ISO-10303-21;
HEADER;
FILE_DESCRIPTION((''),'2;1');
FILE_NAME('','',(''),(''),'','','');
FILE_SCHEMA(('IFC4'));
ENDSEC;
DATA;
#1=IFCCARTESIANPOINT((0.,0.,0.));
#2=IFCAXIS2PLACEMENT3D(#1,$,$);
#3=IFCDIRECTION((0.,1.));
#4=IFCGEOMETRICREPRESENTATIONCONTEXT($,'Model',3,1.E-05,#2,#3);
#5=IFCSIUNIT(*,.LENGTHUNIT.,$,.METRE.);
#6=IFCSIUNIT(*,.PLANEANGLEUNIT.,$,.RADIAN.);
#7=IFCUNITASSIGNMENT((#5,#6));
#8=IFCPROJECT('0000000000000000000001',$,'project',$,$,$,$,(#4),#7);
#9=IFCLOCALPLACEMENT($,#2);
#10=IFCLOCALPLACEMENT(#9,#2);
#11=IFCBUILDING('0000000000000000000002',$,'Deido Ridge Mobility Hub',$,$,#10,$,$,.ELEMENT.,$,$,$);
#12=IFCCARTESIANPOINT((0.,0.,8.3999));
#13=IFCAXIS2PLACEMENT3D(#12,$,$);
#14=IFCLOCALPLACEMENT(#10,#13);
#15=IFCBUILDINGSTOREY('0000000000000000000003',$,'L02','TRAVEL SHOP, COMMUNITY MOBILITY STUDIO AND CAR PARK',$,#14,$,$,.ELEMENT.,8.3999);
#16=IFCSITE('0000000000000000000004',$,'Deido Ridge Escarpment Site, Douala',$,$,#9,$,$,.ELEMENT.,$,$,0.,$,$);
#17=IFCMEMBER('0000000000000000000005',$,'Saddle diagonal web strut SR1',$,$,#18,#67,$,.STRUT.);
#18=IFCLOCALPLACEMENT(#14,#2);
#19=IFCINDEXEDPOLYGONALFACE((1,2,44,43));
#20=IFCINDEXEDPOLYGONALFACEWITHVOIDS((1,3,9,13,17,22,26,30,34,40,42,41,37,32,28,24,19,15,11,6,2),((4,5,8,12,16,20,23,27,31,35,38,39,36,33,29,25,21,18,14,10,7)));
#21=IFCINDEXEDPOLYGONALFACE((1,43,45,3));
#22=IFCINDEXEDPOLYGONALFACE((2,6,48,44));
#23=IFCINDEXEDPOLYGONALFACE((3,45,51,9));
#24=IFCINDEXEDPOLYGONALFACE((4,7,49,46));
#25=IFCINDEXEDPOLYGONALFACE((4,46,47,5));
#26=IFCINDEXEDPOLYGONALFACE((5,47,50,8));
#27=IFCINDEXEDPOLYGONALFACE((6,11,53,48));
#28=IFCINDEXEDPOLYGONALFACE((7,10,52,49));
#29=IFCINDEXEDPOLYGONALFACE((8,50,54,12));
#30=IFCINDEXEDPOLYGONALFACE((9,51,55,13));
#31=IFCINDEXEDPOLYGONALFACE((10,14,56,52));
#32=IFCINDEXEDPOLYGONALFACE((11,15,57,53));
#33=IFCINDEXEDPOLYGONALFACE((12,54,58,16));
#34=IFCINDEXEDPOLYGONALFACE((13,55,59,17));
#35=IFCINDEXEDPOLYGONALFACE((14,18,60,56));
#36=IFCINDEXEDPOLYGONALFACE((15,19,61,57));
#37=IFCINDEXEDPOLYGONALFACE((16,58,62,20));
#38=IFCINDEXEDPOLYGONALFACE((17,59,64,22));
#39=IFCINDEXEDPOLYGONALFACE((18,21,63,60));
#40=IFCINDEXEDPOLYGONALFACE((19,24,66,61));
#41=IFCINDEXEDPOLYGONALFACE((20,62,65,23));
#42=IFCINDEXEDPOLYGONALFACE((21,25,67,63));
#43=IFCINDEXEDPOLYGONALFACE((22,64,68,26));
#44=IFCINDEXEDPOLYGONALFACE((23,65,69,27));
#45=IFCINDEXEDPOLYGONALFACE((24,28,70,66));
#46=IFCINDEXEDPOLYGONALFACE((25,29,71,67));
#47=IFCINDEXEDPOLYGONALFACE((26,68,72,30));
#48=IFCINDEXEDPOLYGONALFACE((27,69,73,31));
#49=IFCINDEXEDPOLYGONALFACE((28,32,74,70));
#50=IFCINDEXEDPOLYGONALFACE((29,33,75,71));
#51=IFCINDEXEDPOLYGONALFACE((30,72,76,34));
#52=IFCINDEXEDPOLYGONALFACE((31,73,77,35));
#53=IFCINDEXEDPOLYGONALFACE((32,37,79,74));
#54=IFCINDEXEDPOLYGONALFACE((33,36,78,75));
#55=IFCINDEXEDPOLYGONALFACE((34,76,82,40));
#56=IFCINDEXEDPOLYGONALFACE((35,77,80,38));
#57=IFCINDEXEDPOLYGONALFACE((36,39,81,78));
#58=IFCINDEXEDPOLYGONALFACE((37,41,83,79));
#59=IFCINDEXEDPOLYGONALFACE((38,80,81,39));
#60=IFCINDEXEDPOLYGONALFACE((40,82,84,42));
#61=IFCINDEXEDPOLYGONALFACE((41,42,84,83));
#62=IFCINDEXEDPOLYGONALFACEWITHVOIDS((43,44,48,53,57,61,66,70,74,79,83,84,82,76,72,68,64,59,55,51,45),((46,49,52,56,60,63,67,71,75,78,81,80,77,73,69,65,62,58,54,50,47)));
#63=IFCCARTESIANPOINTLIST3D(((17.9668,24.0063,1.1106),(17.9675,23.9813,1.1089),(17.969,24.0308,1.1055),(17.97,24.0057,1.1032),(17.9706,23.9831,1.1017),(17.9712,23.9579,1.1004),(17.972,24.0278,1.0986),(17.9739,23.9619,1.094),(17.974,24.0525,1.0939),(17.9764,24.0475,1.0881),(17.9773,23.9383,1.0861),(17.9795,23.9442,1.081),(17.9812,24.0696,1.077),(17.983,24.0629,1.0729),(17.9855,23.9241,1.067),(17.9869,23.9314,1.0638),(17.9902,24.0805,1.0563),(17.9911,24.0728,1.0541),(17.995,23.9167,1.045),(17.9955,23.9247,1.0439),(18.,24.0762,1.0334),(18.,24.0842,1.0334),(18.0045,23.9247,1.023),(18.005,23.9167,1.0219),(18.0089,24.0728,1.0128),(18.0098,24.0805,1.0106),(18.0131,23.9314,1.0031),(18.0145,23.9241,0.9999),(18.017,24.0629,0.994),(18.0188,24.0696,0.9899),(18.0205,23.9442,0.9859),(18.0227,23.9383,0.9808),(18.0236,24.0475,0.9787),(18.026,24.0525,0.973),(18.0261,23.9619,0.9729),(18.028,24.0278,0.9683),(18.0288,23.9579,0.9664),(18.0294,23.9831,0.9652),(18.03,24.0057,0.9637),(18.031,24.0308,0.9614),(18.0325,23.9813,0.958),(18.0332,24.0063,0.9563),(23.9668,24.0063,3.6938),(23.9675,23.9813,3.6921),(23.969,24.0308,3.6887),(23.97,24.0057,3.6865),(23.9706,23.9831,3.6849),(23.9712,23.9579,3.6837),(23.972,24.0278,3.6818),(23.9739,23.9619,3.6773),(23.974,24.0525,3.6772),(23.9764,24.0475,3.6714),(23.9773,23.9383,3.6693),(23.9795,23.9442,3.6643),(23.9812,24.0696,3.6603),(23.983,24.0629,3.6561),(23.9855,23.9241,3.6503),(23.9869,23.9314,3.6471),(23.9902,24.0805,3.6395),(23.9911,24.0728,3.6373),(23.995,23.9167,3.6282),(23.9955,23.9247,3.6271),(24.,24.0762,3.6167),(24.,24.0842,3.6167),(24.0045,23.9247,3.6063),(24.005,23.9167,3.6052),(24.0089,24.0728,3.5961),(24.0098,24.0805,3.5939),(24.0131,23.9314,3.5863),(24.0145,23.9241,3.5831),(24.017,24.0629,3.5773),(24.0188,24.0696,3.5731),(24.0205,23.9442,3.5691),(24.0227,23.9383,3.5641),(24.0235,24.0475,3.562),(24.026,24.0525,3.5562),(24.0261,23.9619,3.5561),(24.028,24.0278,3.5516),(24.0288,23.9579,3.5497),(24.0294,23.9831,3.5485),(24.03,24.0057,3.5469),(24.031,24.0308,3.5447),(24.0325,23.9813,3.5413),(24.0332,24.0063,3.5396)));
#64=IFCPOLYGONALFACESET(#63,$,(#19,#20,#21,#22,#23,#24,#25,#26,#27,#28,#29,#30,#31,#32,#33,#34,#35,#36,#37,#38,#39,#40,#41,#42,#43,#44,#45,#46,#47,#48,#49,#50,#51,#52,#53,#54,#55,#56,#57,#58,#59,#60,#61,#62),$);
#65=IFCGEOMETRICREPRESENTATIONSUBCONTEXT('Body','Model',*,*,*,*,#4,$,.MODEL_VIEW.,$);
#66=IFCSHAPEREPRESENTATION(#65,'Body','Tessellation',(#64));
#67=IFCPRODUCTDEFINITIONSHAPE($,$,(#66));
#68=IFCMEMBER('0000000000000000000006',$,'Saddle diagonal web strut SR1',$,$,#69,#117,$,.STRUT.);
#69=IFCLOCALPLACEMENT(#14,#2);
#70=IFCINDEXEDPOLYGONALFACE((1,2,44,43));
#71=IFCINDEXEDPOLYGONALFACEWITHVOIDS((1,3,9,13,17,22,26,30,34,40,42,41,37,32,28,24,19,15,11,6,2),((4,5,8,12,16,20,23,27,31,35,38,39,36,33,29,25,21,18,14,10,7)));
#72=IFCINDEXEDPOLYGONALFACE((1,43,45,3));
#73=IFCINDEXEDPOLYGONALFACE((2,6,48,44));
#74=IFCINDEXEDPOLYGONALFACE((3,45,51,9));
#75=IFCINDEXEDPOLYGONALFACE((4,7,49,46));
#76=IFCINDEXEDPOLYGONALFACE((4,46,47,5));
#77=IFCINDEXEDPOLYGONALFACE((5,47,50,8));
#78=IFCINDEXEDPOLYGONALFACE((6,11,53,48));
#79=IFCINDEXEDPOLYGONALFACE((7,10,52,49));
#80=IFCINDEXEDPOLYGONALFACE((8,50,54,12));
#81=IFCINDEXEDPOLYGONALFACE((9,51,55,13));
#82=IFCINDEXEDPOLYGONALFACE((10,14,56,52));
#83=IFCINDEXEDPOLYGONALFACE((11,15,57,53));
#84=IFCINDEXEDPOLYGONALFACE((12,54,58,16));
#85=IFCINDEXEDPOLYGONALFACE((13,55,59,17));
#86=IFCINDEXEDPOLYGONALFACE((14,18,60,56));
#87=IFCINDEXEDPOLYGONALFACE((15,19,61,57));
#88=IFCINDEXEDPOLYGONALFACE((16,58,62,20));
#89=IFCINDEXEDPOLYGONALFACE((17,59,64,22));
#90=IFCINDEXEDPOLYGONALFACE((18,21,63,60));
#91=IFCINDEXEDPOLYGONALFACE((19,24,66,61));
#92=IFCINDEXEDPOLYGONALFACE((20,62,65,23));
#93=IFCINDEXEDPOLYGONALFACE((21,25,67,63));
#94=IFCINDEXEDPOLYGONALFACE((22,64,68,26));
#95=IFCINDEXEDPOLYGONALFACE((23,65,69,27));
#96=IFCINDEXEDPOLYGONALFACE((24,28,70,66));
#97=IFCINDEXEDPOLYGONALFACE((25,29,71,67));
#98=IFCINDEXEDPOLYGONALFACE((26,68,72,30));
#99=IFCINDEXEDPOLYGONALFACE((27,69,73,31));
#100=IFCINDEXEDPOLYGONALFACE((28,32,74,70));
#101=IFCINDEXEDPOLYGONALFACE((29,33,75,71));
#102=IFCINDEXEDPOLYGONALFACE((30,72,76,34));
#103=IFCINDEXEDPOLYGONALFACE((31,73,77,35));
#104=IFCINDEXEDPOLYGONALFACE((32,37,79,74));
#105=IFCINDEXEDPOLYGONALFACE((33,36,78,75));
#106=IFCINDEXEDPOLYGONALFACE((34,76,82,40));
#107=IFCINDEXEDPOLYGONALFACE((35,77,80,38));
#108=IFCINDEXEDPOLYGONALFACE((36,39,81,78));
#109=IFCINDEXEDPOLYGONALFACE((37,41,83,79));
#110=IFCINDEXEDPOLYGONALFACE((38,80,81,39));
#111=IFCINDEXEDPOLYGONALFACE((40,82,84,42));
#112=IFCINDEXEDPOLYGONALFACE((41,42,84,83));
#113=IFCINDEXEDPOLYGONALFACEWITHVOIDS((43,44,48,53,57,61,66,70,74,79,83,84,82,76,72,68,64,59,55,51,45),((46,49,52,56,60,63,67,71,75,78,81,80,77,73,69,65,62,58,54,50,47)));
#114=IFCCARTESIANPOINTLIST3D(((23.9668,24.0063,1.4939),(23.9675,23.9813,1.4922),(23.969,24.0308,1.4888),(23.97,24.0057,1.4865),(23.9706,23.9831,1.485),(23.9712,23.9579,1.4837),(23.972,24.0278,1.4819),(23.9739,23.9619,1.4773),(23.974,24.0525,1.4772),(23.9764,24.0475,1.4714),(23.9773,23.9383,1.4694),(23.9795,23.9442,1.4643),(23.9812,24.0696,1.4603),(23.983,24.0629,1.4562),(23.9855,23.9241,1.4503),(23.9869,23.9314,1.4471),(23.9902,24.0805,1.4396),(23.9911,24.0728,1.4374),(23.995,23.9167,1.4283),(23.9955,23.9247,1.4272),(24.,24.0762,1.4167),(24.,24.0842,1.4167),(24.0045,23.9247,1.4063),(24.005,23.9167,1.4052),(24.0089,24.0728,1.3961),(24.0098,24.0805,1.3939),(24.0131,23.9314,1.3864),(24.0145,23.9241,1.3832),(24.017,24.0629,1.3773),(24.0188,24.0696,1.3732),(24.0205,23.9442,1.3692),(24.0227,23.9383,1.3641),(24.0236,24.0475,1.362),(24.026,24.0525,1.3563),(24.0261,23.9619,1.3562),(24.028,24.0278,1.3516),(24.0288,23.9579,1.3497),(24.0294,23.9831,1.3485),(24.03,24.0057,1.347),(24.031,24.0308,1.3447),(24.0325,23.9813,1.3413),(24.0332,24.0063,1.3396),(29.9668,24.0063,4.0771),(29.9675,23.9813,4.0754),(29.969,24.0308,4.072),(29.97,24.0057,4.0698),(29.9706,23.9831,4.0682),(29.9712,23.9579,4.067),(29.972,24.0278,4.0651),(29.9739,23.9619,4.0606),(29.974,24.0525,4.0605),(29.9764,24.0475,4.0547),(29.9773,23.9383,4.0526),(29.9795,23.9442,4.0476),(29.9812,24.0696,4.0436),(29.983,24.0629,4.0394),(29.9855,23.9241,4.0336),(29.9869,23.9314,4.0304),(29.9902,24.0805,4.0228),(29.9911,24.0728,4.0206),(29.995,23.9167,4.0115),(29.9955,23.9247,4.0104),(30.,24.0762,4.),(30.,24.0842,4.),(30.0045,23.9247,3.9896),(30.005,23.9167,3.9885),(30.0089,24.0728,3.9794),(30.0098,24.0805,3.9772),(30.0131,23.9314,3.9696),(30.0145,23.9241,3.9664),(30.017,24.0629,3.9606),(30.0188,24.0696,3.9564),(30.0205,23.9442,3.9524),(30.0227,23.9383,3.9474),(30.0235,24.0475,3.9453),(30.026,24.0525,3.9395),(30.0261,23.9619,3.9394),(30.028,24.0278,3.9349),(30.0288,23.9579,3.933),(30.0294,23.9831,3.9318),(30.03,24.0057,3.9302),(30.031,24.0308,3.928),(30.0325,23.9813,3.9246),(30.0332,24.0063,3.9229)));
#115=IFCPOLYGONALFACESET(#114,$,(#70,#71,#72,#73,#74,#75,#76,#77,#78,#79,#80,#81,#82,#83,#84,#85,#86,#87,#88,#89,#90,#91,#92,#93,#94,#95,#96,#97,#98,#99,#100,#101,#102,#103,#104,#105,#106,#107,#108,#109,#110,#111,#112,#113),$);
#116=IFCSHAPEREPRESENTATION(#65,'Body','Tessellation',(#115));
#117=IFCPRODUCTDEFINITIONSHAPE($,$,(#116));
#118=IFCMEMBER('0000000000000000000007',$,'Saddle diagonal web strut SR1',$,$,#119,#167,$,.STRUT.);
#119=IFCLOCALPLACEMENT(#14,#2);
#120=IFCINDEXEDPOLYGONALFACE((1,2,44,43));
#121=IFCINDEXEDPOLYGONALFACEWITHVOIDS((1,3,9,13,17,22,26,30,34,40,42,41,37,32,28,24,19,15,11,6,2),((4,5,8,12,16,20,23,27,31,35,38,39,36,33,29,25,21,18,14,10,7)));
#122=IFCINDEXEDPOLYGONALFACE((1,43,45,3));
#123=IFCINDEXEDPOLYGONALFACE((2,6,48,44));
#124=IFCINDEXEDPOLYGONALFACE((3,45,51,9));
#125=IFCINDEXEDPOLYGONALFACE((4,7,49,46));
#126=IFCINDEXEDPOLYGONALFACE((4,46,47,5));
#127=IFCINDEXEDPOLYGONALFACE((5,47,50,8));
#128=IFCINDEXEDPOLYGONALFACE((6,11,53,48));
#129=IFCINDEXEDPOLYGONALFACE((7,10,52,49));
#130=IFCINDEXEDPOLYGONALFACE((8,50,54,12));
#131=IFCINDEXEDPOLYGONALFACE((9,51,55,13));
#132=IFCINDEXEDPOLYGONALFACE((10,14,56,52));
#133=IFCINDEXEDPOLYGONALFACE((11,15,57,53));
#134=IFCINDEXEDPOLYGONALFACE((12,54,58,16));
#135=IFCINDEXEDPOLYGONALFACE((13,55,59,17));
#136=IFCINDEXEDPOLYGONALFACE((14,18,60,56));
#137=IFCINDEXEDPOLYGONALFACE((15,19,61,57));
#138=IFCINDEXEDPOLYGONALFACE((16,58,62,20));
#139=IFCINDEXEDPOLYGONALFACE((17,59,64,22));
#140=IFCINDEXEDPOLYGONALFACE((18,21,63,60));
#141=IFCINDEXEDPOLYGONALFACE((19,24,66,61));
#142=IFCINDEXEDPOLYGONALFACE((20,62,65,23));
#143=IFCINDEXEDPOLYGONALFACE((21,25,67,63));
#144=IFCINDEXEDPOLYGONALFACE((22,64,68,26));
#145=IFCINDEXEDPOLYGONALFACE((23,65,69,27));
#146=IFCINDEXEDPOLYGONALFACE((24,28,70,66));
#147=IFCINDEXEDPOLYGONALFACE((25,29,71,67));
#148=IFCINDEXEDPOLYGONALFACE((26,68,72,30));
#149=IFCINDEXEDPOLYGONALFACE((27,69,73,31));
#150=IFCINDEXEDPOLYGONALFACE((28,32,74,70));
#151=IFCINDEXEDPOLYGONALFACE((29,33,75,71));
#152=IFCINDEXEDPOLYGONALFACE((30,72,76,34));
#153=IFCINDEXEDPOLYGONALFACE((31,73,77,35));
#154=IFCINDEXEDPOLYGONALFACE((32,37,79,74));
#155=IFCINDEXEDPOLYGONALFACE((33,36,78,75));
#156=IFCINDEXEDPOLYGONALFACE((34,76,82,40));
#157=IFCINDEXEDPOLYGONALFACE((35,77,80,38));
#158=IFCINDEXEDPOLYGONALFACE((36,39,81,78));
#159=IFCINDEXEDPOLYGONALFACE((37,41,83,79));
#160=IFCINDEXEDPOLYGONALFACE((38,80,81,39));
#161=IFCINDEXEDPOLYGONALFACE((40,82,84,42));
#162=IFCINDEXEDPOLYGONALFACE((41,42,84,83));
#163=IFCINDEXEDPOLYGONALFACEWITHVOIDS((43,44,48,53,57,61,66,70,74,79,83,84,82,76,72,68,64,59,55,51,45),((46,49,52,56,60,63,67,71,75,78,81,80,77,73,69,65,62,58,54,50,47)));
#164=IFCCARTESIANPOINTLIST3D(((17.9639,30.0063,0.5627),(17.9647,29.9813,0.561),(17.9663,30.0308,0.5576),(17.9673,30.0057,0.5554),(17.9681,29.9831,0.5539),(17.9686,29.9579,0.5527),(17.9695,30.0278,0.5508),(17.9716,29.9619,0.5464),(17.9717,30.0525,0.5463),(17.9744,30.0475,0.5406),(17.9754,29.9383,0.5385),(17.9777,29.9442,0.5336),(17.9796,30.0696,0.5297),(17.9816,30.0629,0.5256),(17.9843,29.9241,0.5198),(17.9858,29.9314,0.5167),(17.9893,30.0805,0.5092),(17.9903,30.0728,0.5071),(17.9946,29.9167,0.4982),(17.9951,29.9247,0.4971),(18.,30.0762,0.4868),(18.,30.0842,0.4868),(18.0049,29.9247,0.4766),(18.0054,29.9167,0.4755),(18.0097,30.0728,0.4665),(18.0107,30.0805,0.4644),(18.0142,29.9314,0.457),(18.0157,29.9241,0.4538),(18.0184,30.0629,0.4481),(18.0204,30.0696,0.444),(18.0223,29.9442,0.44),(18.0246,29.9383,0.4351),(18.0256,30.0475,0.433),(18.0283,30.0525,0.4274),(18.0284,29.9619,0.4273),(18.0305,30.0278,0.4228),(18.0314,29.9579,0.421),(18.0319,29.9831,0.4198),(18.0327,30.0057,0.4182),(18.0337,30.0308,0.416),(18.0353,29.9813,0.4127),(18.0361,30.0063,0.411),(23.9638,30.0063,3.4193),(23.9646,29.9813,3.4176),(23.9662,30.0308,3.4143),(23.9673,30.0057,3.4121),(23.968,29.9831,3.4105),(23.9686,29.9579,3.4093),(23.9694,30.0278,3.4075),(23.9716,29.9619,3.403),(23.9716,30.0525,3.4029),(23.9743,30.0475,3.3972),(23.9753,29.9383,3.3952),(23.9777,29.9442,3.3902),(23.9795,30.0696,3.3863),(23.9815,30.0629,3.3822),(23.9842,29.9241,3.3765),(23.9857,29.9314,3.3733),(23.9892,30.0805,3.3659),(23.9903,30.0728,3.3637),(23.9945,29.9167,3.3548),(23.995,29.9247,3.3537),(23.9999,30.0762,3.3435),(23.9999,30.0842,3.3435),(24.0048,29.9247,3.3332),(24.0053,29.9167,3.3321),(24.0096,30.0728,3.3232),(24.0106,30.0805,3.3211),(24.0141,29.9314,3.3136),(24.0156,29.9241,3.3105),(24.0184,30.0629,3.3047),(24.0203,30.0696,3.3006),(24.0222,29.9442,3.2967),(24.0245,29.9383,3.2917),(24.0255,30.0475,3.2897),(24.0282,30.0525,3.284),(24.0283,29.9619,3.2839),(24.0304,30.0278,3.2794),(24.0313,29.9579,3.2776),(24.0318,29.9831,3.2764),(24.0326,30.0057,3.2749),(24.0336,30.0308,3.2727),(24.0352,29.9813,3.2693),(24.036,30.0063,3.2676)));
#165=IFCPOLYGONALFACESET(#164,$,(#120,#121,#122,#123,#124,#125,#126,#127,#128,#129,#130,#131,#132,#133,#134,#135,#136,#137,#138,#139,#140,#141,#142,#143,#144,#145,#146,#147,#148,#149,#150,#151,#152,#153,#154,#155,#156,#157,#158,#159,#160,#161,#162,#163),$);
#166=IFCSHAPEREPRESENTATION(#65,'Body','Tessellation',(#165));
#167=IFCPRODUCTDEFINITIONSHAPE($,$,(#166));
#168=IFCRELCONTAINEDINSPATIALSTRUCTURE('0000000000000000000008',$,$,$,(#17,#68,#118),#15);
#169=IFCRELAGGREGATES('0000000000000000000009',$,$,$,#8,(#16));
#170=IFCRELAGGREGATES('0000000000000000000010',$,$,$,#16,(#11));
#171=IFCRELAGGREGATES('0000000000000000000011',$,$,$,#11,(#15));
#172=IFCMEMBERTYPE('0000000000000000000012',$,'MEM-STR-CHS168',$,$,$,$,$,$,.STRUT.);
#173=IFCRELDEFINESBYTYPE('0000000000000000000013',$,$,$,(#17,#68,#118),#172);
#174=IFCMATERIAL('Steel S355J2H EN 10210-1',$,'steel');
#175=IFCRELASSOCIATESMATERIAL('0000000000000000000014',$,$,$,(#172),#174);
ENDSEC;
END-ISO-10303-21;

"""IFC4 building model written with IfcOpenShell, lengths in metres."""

from ifc_helpers import new_model, si_unit, direction, frame, origin, origin_2d, place, context, subcontext, project, spatial, hollow_circle, extrude, material, material_profile, profile_set, type_object, element, save


model = new_model("IFC4")

# Units and contexts
model_context = context("Model", 3, precision=1e-05, world=origin(), true_north=direction((0.0, 1.0)))
body_context = subcontext(model_context, "Body", "Model", "MODEL_VIEW")
ifc_project = project(units=[si_unit("LENGTHUNIT", "METRE"), si_unit("PLANEANGLEUNIT", "RADIAN")], contexts=[model_context])

# Site, building, storey
site_placement = place(None, origin())
site = spatial("IfcSite", under=ifc_project, at=site_placement, Name="Deido Ridge Escarpment Site, Douala", CompositionType="ELEMENT", RefElevation=0.0)
building_placement = place(site_placement, origin())
building = spatial("IfcBuilding", under=site, at=building_placement, Name="Deido Ridge Mobility Hub", CompositionType="ELEMENT")
storey_placement = place(building_placement, frame((0.0, 0.0, 8.3999)))
storey = spatial("IfcBuildingStorey", under=building, at=storey_placement, Name="L02", Description="TRAVEL SHOP, COMMUNITY MOBILITY STUDIO AND CAR PARK", CompositionType="ELEMENT", Elevation=8.3999)

# Members
ifc_material_1 = material(Name="Steel S355J2H EN 10210-1", Category="steel")
ifc_material_profile_1 = material_profile(ifc_material_1, hollow_circle(Radius=0.0842, WallThickness=0.0081, at=origin_2d()), Name="CHS 168.3x8")
ifc_profile_set_1 = profile_set([ifc_material_profile_1], Name="Steel S355J2H EN 10210-1")
member_type_1 = type_object("IfcMemberType", Name="MEM-STR-CHS168", PredefinedType="STRUT", material=ifc_profile_set_1)
for number, where, z_axis, x_axis, name in (
    (1, (18.0, 24.0, 1.0334), (0.918488, 0.0, 0.395448), (0.0, 1.0, 0.0), "Saddle diagonal web strut SR1"),
    (2, (24.0, 24.0, 1.4167), (0.918488, 0.0, 0.395448), (0.0, 1.0, 0.0), "Saddle diagonal web strut SR1"),
):
    element("IfcMember", number, at=place(storey_placement, frame(where, z_axis=z_axis, x_axis=x_axis)), inside=storey, type_object=member_type_1, Name=name, PredefinedType="STRUT", context=body_context, shape_type="SweptSolid", body=[
        extrude(hollow_circle(Radius=0.0842, WallThickness=0.0081, at=origin_2d()), origin(), (0.0, 0.0, 1.0), 6.5325),
    ])
for number, where, z_axis, x_axis, name in (
    (3, (18.0, 30.0, 0.4868), (0.902887, 0.0, 0.429878), (0.0, 1.0, 0.0), "Saddle diagonal web strut SR1"),
):
    element("IfcMember", number, at=place(storey_placement, frame(where, z_axis=z_axis, x_axis=x_axis)), inside=storey, type_object=member_type_1, Name=name, PredefinedType="STRUT", context=body_context, shape_type="SweptSolid", body=[
        extrude(hollow_circle(Radius=0.0842, WallThickness=0.0081, at=origin_2d()), origin(), (0.0, 0.0, 1.0), 6.6453),
    ])

save(model, "model.ifc")
